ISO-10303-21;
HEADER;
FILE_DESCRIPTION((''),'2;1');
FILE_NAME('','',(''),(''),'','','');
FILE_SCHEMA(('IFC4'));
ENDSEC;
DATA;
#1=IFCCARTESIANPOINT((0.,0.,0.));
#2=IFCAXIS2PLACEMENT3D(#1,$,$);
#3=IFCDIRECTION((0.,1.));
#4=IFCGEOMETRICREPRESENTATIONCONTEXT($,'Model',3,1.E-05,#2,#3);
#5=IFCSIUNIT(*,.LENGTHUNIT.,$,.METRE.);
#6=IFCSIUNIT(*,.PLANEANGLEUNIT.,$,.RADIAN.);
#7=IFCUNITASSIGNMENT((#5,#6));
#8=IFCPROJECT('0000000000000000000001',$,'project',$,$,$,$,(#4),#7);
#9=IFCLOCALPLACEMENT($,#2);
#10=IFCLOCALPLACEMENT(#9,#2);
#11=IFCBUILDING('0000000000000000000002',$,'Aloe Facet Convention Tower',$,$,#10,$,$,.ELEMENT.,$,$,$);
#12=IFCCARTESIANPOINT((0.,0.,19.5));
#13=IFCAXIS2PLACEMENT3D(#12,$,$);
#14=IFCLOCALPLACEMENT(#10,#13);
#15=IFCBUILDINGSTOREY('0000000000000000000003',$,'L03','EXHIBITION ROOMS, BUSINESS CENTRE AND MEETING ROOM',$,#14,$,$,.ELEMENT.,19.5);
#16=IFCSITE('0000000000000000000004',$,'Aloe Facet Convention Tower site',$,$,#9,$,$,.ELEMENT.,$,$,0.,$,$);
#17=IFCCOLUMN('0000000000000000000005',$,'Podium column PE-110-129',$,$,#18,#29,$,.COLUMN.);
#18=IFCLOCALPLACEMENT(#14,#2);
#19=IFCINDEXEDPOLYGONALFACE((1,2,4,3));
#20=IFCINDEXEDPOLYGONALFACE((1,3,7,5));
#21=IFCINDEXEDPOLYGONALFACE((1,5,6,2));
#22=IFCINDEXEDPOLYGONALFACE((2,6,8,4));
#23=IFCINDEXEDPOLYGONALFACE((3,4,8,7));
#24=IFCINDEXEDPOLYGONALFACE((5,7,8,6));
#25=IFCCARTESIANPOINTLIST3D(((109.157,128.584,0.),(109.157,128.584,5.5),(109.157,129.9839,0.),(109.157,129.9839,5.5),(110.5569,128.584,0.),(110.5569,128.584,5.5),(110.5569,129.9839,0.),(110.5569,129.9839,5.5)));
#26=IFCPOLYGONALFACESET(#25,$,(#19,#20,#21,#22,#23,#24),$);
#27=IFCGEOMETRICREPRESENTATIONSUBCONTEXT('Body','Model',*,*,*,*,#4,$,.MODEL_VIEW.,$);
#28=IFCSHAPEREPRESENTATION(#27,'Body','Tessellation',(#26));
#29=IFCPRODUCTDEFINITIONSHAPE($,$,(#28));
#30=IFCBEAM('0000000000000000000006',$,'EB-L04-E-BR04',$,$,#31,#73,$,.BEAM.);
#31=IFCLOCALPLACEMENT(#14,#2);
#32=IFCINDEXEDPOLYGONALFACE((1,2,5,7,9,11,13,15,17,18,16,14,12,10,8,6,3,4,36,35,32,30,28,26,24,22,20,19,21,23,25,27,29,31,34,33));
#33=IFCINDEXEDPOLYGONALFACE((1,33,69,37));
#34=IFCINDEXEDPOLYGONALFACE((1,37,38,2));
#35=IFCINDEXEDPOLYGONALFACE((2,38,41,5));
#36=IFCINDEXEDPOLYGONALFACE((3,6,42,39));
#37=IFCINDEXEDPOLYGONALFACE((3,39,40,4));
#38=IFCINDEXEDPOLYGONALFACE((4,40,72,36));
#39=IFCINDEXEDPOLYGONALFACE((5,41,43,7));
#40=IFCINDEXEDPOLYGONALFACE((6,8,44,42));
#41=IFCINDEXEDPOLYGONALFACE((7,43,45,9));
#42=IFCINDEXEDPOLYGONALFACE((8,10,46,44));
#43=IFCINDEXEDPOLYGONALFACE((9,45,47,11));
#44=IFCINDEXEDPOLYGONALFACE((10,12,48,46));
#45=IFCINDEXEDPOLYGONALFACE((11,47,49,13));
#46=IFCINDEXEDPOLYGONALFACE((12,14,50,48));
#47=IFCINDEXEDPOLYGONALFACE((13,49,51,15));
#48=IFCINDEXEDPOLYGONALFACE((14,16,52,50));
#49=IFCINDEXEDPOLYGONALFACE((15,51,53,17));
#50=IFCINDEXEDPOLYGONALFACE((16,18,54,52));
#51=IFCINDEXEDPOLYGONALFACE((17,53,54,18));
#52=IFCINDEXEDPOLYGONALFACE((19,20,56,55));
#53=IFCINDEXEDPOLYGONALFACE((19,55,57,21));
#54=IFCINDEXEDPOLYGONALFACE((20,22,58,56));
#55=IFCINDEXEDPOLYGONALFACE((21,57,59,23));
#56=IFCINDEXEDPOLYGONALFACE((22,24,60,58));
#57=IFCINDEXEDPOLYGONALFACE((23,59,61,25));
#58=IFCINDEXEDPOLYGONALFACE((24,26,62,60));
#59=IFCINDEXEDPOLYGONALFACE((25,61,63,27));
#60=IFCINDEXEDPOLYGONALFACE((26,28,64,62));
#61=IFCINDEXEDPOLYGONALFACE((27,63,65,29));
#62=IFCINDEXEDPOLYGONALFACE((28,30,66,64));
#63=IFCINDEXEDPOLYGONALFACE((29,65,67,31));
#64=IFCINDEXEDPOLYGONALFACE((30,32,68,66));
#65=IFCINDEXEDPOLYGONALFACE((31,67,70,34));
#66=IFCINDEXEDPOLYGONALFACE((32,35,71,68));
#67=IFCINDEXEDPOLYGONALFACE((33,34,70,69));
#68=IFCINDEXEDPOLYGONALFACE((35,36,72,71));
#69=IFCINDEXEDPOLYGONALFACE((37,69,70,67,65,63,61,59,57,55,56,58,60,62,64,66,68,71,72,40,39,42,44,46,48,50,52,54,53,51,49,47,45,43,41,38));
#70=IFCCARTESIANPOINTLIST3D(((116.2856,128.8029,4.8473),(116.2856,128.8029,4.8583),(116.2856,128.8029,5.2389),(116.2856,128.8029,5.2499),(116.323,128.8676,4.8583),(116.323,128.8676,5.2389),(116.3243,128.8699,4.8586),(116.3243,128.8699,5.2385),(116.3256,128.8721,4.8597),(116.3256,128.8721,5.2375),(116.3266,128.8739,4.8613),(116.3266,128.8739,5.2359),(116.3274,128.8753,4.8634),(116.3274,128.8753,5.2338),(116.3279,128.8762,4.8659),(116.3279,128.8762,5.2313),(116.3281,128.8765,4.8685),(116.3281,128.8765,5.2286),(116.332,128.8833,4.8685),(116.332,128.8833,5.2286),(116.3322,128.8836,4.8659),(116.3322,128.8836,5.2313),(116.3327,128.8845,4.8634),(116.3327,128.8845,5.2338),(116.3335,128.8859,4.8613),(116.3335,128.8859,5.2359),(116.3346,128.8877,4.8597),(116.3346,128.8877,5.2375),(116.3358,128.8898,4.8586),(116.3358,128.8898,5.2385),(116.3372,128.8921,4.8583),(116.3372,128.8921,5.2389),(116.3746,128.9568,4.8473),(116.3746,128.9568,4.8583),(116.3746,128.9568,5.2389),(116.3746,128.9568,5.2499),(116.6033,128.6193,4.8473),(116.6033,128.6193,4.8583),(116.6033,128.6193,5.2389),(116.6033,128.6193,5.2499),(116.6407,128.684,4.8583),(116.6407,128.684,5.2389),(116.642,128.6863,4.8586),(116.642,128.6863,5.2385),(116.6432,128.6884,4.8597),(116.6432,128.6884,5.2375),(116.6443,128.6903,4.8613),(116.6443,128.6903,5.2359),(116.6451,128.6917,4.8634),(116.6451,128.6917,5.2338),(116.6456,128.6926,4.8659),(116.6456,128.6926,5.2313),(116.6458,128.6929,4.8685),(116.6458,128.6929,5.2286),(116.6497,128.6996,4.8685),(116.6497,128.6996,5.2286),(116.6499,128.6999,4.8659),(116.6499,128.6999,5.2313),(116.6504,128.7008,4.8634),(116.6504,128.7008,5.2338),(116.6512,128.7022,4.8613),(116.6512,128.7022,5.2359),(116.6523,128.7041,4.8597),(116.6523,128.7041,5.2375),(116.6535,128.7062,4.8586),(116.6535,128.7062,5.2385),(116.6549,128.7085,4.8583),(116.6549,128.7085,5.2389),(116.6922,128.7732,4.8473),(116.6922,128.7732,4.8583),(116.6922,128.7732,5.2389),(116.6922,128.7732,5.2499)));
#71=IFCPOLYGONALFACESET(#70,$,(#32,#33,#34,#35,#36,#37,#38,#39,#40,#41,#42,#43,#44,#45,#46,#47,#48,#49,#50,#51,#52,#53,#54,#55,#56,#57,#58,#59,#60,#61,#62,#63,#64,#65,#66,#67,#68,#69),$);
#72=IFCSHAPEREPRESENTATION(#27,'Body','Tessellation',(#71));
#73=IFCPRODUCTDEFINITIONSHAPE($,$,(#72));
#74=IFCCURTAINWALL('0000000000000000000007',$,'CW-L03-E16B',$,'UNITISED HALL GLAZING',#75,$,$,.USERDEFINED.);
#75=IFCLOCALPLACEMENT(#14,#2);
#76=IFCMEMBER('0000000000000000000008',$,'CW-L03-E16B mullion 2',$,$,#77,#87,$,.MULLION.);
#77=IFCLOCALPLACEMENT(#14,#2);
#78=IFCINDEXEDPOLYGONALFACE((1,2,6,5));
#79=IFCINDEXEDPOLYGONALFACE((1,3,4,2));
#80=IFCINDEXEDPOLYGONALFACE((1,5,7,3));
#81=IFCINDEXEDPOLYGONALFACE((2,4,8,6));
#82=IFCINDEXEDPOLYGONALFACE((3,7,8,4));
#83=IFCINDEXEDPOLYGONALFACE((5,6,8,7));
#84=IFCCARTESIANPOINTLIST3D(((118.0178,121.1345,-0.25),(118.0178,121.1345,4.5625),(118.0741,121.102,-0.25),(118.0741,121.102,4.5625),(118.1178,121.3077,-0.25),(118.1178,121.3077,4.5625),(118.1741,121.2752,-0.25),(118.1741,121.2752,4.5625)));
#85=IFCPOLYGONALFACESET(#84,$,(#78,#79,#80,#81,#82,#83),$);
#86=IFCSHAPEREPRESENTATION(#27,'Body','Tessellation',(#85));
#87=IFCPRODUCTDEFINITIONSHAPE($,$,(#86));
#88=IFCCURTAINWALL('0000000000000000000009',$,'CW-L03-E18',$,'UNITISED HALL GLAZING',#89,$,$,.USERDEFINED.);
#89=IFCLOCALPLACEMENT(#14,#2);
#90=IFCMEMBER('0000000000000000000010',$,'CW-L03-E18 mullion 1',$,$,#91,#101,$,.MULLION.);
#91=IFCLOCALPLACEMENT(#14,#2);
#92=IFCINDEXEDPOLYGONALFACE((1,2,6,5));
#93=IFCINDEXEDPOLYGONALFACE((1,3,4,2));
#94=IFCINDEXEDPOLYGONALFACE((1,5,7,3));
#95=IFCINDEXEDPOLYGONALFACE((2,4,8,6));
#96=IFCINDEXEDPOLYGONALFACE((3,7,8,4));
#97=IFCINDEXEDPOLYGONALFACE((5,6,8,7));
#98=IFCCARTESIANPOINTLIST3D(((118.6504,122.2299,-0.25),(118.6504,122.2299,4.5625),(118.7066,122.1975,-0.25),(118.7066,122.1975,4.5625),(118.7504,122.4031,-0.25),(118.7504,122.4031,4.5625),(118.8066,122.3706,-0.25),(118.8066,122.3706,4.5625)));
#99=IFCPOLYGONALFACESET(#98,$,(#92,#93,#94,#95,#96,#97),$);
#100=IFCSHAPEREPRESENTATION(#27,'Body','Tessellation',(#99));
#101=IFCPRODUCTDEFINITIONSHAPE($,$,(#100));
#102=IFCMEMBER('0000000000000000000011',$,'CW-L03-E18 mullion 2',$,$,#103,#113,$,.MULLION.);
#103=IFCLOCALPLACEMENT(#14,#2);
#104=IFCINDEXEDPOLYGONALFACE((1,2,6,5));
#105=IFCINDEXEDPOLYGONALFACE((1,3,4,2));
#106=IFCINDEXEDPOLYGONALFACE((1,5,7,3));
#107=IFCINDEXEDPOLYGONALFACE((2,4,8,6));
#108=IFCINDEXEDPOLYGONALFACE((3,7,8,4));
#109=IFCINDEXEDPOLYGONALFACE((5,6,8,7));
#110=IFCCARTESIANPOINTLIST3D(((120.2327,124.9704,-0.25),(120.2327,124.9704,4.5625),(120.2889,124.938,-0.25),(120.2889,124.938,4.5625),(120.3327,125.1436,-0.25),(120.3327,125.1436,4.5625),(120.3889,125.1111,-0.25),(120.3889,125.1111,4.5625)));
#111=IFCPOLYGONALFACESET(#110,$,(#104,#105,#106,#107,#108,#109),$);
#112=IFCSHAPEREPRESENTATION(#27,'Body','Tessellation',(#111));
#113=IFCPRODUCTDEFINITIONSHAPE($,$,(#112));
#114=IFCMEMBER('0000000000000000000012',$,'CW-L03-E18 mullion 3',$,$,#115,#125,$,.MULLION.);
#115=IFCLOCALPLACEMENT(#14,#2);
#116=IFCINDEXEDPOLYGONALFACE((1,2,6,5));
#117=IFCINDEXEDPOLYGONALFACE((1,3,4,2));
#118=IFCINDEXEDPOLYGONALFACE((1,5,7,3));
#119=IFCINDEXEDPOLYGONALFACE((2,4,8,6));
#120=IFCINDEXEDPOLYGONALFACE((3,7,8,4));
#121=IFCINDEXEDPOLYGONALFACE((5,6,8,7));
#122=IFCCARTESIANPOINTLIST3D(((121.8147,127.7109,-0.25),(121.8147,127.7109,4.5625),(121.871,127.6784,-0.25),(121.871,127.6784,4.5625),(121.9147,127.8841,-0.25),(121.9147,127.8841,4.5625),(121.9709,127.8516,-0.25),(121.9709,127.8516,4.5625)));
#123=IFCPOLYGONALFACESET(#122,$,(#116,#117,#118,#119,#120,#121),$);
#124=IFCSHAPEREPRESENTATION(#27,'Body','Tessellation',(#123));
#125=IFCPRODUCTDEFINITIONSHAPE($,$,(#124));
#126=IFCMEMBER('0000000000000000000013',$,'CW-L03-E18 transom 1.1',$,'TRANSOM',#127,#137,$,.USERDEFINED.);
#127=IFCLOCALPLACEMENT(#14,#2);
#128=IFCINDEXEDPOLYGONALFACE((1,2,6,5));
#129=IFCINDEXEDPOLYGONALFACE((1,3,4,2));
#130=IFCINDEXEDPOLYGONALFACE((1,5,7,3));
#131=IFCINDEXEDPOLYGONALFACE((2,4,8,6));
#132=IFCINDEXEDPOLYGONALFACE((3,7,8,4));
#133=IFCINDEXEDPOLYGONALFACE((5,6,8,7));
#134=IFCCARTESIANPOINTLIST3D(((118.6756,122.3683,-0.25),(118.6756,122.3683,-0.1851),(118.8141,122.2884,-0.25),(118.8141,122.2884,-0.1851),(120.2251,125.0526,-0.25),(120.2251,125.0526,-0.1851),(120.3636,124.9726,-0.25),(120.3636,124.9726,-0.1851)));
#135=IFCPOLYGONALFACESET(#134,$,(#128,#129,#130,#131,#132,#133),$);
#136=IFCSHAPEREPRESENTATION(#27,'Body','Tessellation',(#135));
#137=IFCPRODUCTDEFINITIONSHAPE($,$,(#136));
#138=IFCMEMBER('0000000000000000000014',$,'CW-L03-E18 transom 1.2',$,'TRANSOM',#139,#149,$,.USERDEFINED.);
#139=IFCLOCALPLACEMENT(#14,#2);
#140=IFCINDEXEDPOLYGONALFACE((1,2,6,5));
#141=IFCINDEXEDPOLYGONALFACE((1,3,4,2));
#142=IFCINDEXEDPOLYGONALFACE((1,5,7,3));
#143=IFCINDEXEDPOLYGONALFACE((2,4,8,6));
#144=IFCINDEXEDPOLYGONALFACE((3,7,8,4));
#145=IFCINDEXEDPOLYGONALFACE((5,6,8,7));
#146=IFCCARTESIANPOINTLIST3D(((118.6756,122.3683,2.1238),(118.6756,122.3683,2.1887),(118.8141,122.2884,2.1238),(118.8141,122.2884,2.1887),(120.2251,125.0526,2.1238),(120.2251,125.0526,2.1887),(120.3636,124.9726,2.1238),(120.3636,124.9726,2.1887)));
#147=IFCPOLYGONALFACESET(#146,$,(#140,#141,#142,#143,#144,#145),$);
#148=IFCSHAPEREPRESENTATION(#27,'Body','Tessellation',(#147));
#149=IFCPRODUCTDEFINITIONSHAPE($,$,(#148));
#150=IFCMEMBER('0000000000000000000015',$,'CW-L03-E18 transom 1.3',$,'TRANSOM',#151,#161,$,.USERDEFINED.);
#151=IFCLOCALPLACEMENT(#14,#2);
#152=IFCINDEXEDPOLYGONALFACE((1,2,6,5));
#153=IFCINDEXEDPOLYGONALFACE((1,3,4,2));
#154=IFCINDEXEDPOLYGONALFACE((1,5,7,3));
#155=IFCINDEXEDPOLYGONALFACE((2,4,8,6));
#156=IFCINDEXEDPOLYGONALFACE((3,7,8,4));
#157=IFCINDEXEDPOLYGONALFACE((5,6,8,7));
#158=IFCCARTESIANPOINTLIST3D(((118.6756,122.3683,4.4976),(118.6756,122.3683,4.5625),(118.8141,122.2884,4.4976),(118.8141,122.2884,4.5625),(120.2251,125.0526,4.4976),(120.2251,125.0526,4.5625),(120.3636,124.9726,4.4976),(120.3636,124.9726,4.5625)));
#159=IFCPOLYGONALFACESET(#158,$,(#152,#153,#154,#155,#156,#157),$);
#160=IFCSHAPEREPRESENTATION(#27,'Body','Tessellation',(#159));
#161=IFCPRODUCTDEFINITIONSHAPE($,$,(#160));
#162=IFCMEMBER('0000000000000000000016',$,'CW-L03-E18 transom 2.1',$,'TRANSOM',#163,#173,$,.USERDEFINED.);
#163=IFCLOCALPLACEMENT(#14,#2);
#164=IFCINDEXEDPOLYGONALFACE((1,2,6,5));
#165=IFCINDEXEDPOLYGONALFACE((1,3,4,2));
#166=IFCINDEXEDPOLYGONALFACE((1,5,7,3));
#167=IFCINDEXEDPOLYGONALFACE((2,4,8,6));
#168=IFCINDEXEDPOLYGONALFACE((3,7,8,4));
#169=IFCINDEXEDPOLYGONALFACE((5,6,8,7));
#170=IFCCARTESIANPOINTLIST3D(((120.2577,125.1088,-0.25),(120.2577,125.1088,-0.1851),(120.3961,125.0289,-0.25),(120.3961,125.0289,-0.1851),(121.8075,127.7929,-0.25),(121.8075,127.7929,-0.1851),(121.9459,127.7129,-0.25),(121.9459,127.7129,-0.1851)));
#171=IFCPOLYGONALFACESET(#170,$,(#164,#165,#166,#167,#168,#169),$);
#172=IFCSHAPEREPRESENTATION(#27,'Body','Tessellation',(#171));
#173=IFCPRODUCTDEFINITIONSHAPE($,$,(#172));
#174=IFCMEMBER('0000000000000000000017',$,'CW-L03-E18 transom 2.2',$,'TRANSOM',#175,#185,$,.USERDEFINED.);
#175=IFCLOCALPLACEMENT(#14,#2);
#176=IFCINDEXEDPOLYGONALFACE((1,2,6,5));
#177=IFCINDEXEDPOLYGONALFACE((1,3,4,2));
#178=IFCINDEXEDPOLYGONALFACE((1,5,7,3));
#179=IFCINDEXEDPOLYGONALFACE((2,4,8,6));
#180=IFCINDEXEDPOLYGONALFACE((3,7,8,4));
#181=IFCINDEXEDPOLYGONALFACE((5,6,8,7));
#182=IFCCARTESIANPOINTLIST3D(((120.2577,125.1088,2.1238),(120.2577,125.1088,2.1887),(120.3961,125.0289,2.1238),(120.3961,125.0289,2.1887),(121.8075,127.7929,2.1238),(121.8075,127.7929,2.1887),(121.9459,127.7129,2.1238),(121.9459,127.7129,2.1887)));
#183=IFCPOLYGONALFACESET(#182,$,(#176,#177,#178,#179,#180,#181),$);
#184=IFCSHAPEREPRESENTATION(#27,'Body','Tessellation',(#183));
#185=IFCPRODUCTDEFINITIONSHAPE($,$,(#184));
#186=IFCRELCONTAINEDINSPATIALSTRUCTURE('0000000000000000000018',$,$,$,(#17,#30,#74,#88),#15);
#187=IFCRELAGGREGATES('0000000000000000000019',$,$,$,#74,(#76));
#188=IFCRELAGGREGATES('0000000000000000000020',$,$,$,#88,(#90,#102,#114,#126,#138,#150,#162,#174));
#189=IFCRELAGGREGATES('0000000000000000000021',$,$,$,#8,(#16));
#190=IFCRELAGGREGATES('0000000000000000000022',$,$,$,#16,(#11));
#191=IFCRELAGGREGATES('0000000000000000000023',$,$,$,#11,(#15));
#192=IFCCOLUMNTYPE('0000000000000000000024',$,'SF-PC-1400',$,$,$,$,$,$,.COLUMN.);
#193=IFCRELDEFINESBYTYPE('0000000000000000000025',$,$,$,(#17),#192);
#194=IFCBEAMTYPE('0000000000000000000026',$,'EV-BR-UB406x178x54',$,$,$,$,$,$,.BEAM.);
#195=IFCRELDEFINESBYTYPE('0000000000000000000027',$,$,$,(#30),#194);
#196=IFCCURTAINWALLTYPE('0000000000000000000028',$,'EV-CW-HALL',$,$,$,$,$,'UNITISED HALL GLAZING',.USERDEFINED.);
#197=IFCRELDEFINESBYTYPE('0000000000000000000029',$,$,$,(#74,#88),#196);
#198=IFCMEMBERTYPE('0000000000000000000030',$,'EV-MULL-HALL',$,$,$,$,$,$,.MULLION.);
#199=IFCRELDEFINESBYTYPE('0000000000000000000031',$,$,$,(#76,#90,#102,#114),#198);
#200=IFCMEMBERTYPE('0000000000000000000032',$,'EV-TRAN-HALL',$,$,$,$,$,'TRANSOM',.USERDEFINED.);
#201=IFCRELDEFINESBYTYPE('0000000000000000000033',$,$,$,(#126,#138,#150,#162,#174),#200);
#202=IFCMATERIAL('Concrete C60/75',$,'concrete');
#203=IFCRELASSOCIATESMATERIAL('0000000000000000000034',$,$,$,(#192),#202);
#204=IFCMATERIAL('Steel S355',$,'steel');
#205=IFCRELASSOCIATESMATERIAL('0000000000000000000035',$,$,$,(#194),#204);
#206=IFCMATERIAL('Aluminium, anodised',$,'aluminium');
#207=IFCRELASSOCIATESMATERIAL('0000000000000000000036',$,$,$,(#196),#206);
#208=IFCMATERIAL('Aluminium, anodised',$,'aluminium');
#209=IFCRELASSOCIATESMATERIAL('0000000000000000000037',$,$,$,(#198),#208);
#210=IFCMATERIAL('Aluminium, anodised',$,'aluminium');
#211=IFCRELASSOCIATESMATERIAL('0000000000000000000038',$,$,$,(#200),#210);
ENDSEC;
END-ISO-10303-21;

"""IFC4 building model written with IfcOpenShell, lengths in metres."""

from ifc_helpers import new_model, si_unit, direction, frame, origin, origin_2d, place, context, subcontext, project, spatial, rectangle, i_section, extrude, material, material_profile, profile_set, type_object, element, aggregate, save


model = new_model("IFC4")

# Units and contexts
model_context = context("Model", 3, precision=1e-05, world=origin(), true_north=direction((0.0, 1.0)))
body_context = subcontext(model_context, "Body", "Model", "MODEL_VIEW")
ifc_project = project(units=[si_unit("LENGTHUNIT", "METRE"), si_unit("PLANEANGLEUNIT", "RADIAN")], contexts=[model_context])

# Site, building, storey
site_placement = place(None, origin())
site = spatial("IfcSite", under=ifc_project, at=site_placement, Name="Aloe Facet Convention Tower site", CompositionType="ELEMENT", RefElevation=0.0)
building_placement = place(site_placement, origin())
building = spatial("IfcBuilding", under=site, at=building_placement, Name="Aloe Facet Convention Tower", CompositionType="ELEMENT")
storey_placement = place(building_placement, frame((0.0, 0.0, 19.5)))
storey = spatial("IfcBuildingStorey", under=building, at=storey_placement, Name="L03", Description="EXHIBITION ROOMS, BUSINESS CENTRE AND MEETING ROOM", CompositionType="ELEMENT", Elevation=19.5)

# Column
ifc_material_1 = material(Name="Concrete C60/75", Category="concrete")
ifc_material_profile_1 = material_profile(ifc_material_1, rectangle(XDim=1.3999, YDim=1.3999, at=origin_2d()), Name="SF-PC-1400")
ifc_profile_set_1 = profile_set([ifc_material_profile_1], Name="Concrete C60/75")
column_type = type_object("IfcColumnType", Name="SF-PC-1400", PredefinedType="COLUMN", material=ifc_profile_set_1)
column_placement = place(storey_placement, frame((109.8569, 129.2839, 0.0), z_axis=(0.0, 0.0, 1.0), x_axis=(1.0, 0.0, 0.0)))
element("IfcColumn", 1, at=column_placement, inside=storey, type_object=column_type, Name="Podium column PE-110-129", PredefinedType="COLUMN", context=body_context, shape_type="SweptSolid", body=[
    extrude(rectangle(XDim=1.3999, YDim=1.3999, at=origin_2d()), origin(), (0.0, 0.0, 1.0), 5.5),
])

# Beam
ifc_material_2 = material(Name="Steel S355", Category="steel")
ifc_material_profile_2 = material_profile(ifc_material_2, i_section(OverallWidth=0.1777, OverallDepth=0.4026, WebThickness=0.0078, FlangeThickness=0.011, FilletRadius=0.0103, at=origin_2d()), Name="UB 406x178x54")
ifc_profile_set_2 = profile_set([ifc_material_profile_2], Name="Steel S355")
beam_type_1 = type_object("IfcBeamType", Name="EV-BR-UB406x178x54", PredefinedType="BEAM", material=ifc_profile_set_2)
beam_1_placement = place(storey_placement, frame((116.3301, 128.8799, 5.0486), z_axis=(0.865775, -0.500433, 0.0), x_axis=(0.500433, 0.865775, 0.0)))
element("IfcBeam", 2, at=beam_1_placement, inside=storey, type_object=beam_type_1, Name="EB-L04-E-BR04", PredefinedType="BEAM", context=body_context, shape_type="SweptSolid", body=[
    extrude(i_section(OverallWidth=0.1777, OverallDepth=0.4026, WebThickness=0.0078, FlangeThickness=0.011, FilletRadius=0.0103, at=origin_2d()), origin(), (0.0, 0.0, 1.0), 0.3669),
])

# Curtain wall, member
ifc_material_3 = material(Name="Aluminium, anodised", Category="aluminium")
curtain_wall_type = type_object("IfcCurtainWallType", Name="EV-CW-HALL", ElementType="UNITISED HALL GLAZING", PredefinedType="USERDEFINED", material=ifc_material_3)
curtain_wall_1_placement = place(storey_placement, origin())
curtain_wall_1 = element("IfcCurtainWall", 3, at=curtain_wall_1_placement, inside=storey, type_object=curtain_wall_type, Name="CW-L03-E16B", ObjectType="UNITISED HALL GLAZING", PredefinedType="USERDEFINED")
ifc_material_4 = material(Name="Aluminium, anodised", Category="aluminium")
ifc_material_profile_3 = material_profile(ifc_material_4, rectangle(XDim=0.0649, YDim=0.2, at=origin_2d()), Name="AL 65x200")
ifc_profile_set_3 = profile_set([ifc_material_profile_3], Name="Aluminium, anodised")
member_type_1 = type_object("IfcMemberType", Name="EV-MULL-HALL", PredefinedType="MULLION", material=ifc_profile_set_3)
member_1_placement = place(storey_placement, frame((118.0959, 121.2048, -0.25), z_axis=(0.0, 0.0, 1.0), x_axis=(-0.866025, 0.5, 0.0)))
member_1 = element("IfcMember", 4, at=member_1_placement, type_object=member_type_1, Name="CW-L03-E16B mullion 2", PredefinedType="MULLION", context=body_context, shape_type="SweptSolid", body=[
    extrude(rectangle(XDim=0.0649, YDim=0.2, at=origin_2d()), origin(), (0.0, 0.0, 1.0), 4.8125),
])

# Curtain wall, members
curtain_wall_2_placement = place(storey_placement, origin())
curtain_wall_2 = element("IfcCurtainWall", 5, at=curtain_wall_2_placement, inside=storey, type_object=curtain_wall_type, Name="CW-L03-E18", ObjectType="UNITISED HALL GLAZING", PredefinedType="USERDEFINED")
member_2_placement = place(storey_placement, frame((118.7285, 122.3003, -0.25), z_axis=(0.0, 0.0, 1.0), x_axis=(-0.866025, 0.5, 0.0)))
member_2 = element("IfcMember", 6, at=member_2_placement, type_object=member_type_1, Name="CW-L03-E18 mullion 1", PredefinedType="MULLION", context=body_context, shape_type="SweptSolid", body=[
    extrude(rectangle(XDim=0.0649, YDim=0.2, at=origin_2d()), origin(), (0.0, 0.0, 1.0), 4.8125),
])
member_3_placement = place(storey_placement, frame((120.3108, 125.0408, -0.25), z_axis=(0.0, 0.0, 1.0), x_axis=(-0.866025, 0.5, 0.0)))
member_3 = element("IfcMember", 7, at=member_3_placement, type_object=member_type_1, Name="CW-L03-E18 mullion 2", PredefinedType="MULLION", context=body_context, shape_type="SweptSolid", body=[
    extrude(rectangle(XDim=0.0649, YDim=0.2, at=origin_2d()), origin(), (0.0, 0.0, 1.0), 4.8125),
])
member_4_placement = place(storey_placement, frame((121.8928, 127.7812, -0.25), z_axis=(0.0, 0.0, 1.0), x_axis=(-0.866025, 0.5, 0.0)))
member_4 = element("IfcMember", 8, at=member_4_placement, type_object=member_type_1, Name="CW-L03-E18 mullion 3", PredefinedType="MULLION", context=body_context, shape_type="SweptSolid", body=[
    extrude(rectangle(XDim=0.0649, YDim=0.2, at=origin_2d()), origin(), (0.0, 0.0, 1.0), 4.8125),
])
ifc_material_5 = material(Name="Aluminium, anodised", Category="aluminium")
ifc_material_profile_4 = material_profile(ifc_material_5, rectangle(XDim=0.1599, YDim=0.0649, at=origin_2d()), Name="AL 160x65")
ifc_profile_set_4 = profile_set([ifc_material_profile_4], Name="Aluminium, anodised")
member_type_2 = type_object("IfcMemberType", Name="EV-TRAN-HALL", ElementType="TRANSOM", PredefinedType="USERDEFINED", material=ifc_profile_set_4)
member_5_placement = place(storey_placement, frame((118.7449, 122.3284, -0.2175), z_axis=(0.499943, 0.866058, 0.0), x_axis=(-0.866058, 0.499943, 0.0)))
member_5 = element("IfcMember", 9, at=member_5_placement, type_object=member_type_2, Name="CW-L03-E18 transom 1.1", ObjectType="TRANSOM", PredefinedType="USERDEFINED", context=body_context, shape_type="SweptSolid", body=[
    extrude(rectangle(XDim=0.1599, YDim=0.0649, at=origin_2d()), origin(), (0.0, 0.0, 1.0), 3.0994),
])
member_6_placement = place(storey_placement, frame((118.7449, 122.3284, 2.1562), z_axis=(0.499943, 0.866058, 0.0), x_axis=(-0.866058, 0.499943, 0.0)))
member_6 = element("IfcMember", 10, at=member_6_placement, type_object=member_type_2, Name="CW-L03-E18 transom 1.2", ObjectType="TRANSOM", PredefinedType="USERDEFINED", context=body_context, shape_type="SweptSolid", body=[
    extrude(rectangle(XDim=0.1599, YDim=0.0649, at=origin_2d()), origin(), (0.0, 0.0, 1.0), 3.0994),
])
member_7_placement = place(storey_placement, frame((118.7449, 122.3284, 4.53), z_axis=(0.499943, 0.866058, 0.0), x_axis=(-0.866058, 0.499943, 0.0)))
member_7 = element("IfcMember", 11, at=member_7_placement, type_object=member_type_2, Name="CW-L03-E18 transom 1.3", ObjectType="TRANSOM", PredefinedType="USERDEFINED", context=body_context, shape_type="SweptSolid", body=[
    extrude(rectangle(XDim=0.1599, YDim=0.0649, at=origin_2d()), origin(), (0.0, 0.0, 1.0), 3.0994),
])
member_8_placement = place(storey_placement, frame((120.3269, 125.0688, -0.2175), z_axis=(0.500036, 0.866005, 0.0), x_axis=(-0.866005, 0.500036, 0.0)))
member_8 = element("IfcMember", 12, at=member_8_placement, type_object=member_type_2, Name="CW-L03-E18 transom 2.1", ObjectType="TRANSOM", PredefinedType="USERDEFINED", context=body_context, shape_type="SweptSolid", body=[
    extrude(rectangle(XDim=0.1599, YDim=0.0649, at=origin_2d()), origin(), (0.0, 0.0, 1.0), 3.0994),
])
member_9_placement = place(storey_placement, frame((120.3269, 125.0688, 2.1562), z_axis=(0.500036, 0.866005, 0.0), x_axis=(-0.866005, 0.500036, 0.0)))
member_9 = element("IfcMember", 13, at=member_9_placement, type_object=member_type_2, Name="CW-L03-E18 transom 2.2", ObjectType="TRANSOM", PredefinedType="USERDEFINED", context=body_context, shape_type="SweptSolid", body=[
    extrude(rectangle(XDim=0.1599, YDim=0.0649, at=origin_2d()), origin(), (0.0, 0.0, 1.0), 3.0994),
])

aggregate(curtain_wall_1, [member_1])
aggregate(curtain_wall_2, [member_2, member_3, member_4, member_5, member_6, member_7, member_8, member_9])

save(model, "model.ifc")
